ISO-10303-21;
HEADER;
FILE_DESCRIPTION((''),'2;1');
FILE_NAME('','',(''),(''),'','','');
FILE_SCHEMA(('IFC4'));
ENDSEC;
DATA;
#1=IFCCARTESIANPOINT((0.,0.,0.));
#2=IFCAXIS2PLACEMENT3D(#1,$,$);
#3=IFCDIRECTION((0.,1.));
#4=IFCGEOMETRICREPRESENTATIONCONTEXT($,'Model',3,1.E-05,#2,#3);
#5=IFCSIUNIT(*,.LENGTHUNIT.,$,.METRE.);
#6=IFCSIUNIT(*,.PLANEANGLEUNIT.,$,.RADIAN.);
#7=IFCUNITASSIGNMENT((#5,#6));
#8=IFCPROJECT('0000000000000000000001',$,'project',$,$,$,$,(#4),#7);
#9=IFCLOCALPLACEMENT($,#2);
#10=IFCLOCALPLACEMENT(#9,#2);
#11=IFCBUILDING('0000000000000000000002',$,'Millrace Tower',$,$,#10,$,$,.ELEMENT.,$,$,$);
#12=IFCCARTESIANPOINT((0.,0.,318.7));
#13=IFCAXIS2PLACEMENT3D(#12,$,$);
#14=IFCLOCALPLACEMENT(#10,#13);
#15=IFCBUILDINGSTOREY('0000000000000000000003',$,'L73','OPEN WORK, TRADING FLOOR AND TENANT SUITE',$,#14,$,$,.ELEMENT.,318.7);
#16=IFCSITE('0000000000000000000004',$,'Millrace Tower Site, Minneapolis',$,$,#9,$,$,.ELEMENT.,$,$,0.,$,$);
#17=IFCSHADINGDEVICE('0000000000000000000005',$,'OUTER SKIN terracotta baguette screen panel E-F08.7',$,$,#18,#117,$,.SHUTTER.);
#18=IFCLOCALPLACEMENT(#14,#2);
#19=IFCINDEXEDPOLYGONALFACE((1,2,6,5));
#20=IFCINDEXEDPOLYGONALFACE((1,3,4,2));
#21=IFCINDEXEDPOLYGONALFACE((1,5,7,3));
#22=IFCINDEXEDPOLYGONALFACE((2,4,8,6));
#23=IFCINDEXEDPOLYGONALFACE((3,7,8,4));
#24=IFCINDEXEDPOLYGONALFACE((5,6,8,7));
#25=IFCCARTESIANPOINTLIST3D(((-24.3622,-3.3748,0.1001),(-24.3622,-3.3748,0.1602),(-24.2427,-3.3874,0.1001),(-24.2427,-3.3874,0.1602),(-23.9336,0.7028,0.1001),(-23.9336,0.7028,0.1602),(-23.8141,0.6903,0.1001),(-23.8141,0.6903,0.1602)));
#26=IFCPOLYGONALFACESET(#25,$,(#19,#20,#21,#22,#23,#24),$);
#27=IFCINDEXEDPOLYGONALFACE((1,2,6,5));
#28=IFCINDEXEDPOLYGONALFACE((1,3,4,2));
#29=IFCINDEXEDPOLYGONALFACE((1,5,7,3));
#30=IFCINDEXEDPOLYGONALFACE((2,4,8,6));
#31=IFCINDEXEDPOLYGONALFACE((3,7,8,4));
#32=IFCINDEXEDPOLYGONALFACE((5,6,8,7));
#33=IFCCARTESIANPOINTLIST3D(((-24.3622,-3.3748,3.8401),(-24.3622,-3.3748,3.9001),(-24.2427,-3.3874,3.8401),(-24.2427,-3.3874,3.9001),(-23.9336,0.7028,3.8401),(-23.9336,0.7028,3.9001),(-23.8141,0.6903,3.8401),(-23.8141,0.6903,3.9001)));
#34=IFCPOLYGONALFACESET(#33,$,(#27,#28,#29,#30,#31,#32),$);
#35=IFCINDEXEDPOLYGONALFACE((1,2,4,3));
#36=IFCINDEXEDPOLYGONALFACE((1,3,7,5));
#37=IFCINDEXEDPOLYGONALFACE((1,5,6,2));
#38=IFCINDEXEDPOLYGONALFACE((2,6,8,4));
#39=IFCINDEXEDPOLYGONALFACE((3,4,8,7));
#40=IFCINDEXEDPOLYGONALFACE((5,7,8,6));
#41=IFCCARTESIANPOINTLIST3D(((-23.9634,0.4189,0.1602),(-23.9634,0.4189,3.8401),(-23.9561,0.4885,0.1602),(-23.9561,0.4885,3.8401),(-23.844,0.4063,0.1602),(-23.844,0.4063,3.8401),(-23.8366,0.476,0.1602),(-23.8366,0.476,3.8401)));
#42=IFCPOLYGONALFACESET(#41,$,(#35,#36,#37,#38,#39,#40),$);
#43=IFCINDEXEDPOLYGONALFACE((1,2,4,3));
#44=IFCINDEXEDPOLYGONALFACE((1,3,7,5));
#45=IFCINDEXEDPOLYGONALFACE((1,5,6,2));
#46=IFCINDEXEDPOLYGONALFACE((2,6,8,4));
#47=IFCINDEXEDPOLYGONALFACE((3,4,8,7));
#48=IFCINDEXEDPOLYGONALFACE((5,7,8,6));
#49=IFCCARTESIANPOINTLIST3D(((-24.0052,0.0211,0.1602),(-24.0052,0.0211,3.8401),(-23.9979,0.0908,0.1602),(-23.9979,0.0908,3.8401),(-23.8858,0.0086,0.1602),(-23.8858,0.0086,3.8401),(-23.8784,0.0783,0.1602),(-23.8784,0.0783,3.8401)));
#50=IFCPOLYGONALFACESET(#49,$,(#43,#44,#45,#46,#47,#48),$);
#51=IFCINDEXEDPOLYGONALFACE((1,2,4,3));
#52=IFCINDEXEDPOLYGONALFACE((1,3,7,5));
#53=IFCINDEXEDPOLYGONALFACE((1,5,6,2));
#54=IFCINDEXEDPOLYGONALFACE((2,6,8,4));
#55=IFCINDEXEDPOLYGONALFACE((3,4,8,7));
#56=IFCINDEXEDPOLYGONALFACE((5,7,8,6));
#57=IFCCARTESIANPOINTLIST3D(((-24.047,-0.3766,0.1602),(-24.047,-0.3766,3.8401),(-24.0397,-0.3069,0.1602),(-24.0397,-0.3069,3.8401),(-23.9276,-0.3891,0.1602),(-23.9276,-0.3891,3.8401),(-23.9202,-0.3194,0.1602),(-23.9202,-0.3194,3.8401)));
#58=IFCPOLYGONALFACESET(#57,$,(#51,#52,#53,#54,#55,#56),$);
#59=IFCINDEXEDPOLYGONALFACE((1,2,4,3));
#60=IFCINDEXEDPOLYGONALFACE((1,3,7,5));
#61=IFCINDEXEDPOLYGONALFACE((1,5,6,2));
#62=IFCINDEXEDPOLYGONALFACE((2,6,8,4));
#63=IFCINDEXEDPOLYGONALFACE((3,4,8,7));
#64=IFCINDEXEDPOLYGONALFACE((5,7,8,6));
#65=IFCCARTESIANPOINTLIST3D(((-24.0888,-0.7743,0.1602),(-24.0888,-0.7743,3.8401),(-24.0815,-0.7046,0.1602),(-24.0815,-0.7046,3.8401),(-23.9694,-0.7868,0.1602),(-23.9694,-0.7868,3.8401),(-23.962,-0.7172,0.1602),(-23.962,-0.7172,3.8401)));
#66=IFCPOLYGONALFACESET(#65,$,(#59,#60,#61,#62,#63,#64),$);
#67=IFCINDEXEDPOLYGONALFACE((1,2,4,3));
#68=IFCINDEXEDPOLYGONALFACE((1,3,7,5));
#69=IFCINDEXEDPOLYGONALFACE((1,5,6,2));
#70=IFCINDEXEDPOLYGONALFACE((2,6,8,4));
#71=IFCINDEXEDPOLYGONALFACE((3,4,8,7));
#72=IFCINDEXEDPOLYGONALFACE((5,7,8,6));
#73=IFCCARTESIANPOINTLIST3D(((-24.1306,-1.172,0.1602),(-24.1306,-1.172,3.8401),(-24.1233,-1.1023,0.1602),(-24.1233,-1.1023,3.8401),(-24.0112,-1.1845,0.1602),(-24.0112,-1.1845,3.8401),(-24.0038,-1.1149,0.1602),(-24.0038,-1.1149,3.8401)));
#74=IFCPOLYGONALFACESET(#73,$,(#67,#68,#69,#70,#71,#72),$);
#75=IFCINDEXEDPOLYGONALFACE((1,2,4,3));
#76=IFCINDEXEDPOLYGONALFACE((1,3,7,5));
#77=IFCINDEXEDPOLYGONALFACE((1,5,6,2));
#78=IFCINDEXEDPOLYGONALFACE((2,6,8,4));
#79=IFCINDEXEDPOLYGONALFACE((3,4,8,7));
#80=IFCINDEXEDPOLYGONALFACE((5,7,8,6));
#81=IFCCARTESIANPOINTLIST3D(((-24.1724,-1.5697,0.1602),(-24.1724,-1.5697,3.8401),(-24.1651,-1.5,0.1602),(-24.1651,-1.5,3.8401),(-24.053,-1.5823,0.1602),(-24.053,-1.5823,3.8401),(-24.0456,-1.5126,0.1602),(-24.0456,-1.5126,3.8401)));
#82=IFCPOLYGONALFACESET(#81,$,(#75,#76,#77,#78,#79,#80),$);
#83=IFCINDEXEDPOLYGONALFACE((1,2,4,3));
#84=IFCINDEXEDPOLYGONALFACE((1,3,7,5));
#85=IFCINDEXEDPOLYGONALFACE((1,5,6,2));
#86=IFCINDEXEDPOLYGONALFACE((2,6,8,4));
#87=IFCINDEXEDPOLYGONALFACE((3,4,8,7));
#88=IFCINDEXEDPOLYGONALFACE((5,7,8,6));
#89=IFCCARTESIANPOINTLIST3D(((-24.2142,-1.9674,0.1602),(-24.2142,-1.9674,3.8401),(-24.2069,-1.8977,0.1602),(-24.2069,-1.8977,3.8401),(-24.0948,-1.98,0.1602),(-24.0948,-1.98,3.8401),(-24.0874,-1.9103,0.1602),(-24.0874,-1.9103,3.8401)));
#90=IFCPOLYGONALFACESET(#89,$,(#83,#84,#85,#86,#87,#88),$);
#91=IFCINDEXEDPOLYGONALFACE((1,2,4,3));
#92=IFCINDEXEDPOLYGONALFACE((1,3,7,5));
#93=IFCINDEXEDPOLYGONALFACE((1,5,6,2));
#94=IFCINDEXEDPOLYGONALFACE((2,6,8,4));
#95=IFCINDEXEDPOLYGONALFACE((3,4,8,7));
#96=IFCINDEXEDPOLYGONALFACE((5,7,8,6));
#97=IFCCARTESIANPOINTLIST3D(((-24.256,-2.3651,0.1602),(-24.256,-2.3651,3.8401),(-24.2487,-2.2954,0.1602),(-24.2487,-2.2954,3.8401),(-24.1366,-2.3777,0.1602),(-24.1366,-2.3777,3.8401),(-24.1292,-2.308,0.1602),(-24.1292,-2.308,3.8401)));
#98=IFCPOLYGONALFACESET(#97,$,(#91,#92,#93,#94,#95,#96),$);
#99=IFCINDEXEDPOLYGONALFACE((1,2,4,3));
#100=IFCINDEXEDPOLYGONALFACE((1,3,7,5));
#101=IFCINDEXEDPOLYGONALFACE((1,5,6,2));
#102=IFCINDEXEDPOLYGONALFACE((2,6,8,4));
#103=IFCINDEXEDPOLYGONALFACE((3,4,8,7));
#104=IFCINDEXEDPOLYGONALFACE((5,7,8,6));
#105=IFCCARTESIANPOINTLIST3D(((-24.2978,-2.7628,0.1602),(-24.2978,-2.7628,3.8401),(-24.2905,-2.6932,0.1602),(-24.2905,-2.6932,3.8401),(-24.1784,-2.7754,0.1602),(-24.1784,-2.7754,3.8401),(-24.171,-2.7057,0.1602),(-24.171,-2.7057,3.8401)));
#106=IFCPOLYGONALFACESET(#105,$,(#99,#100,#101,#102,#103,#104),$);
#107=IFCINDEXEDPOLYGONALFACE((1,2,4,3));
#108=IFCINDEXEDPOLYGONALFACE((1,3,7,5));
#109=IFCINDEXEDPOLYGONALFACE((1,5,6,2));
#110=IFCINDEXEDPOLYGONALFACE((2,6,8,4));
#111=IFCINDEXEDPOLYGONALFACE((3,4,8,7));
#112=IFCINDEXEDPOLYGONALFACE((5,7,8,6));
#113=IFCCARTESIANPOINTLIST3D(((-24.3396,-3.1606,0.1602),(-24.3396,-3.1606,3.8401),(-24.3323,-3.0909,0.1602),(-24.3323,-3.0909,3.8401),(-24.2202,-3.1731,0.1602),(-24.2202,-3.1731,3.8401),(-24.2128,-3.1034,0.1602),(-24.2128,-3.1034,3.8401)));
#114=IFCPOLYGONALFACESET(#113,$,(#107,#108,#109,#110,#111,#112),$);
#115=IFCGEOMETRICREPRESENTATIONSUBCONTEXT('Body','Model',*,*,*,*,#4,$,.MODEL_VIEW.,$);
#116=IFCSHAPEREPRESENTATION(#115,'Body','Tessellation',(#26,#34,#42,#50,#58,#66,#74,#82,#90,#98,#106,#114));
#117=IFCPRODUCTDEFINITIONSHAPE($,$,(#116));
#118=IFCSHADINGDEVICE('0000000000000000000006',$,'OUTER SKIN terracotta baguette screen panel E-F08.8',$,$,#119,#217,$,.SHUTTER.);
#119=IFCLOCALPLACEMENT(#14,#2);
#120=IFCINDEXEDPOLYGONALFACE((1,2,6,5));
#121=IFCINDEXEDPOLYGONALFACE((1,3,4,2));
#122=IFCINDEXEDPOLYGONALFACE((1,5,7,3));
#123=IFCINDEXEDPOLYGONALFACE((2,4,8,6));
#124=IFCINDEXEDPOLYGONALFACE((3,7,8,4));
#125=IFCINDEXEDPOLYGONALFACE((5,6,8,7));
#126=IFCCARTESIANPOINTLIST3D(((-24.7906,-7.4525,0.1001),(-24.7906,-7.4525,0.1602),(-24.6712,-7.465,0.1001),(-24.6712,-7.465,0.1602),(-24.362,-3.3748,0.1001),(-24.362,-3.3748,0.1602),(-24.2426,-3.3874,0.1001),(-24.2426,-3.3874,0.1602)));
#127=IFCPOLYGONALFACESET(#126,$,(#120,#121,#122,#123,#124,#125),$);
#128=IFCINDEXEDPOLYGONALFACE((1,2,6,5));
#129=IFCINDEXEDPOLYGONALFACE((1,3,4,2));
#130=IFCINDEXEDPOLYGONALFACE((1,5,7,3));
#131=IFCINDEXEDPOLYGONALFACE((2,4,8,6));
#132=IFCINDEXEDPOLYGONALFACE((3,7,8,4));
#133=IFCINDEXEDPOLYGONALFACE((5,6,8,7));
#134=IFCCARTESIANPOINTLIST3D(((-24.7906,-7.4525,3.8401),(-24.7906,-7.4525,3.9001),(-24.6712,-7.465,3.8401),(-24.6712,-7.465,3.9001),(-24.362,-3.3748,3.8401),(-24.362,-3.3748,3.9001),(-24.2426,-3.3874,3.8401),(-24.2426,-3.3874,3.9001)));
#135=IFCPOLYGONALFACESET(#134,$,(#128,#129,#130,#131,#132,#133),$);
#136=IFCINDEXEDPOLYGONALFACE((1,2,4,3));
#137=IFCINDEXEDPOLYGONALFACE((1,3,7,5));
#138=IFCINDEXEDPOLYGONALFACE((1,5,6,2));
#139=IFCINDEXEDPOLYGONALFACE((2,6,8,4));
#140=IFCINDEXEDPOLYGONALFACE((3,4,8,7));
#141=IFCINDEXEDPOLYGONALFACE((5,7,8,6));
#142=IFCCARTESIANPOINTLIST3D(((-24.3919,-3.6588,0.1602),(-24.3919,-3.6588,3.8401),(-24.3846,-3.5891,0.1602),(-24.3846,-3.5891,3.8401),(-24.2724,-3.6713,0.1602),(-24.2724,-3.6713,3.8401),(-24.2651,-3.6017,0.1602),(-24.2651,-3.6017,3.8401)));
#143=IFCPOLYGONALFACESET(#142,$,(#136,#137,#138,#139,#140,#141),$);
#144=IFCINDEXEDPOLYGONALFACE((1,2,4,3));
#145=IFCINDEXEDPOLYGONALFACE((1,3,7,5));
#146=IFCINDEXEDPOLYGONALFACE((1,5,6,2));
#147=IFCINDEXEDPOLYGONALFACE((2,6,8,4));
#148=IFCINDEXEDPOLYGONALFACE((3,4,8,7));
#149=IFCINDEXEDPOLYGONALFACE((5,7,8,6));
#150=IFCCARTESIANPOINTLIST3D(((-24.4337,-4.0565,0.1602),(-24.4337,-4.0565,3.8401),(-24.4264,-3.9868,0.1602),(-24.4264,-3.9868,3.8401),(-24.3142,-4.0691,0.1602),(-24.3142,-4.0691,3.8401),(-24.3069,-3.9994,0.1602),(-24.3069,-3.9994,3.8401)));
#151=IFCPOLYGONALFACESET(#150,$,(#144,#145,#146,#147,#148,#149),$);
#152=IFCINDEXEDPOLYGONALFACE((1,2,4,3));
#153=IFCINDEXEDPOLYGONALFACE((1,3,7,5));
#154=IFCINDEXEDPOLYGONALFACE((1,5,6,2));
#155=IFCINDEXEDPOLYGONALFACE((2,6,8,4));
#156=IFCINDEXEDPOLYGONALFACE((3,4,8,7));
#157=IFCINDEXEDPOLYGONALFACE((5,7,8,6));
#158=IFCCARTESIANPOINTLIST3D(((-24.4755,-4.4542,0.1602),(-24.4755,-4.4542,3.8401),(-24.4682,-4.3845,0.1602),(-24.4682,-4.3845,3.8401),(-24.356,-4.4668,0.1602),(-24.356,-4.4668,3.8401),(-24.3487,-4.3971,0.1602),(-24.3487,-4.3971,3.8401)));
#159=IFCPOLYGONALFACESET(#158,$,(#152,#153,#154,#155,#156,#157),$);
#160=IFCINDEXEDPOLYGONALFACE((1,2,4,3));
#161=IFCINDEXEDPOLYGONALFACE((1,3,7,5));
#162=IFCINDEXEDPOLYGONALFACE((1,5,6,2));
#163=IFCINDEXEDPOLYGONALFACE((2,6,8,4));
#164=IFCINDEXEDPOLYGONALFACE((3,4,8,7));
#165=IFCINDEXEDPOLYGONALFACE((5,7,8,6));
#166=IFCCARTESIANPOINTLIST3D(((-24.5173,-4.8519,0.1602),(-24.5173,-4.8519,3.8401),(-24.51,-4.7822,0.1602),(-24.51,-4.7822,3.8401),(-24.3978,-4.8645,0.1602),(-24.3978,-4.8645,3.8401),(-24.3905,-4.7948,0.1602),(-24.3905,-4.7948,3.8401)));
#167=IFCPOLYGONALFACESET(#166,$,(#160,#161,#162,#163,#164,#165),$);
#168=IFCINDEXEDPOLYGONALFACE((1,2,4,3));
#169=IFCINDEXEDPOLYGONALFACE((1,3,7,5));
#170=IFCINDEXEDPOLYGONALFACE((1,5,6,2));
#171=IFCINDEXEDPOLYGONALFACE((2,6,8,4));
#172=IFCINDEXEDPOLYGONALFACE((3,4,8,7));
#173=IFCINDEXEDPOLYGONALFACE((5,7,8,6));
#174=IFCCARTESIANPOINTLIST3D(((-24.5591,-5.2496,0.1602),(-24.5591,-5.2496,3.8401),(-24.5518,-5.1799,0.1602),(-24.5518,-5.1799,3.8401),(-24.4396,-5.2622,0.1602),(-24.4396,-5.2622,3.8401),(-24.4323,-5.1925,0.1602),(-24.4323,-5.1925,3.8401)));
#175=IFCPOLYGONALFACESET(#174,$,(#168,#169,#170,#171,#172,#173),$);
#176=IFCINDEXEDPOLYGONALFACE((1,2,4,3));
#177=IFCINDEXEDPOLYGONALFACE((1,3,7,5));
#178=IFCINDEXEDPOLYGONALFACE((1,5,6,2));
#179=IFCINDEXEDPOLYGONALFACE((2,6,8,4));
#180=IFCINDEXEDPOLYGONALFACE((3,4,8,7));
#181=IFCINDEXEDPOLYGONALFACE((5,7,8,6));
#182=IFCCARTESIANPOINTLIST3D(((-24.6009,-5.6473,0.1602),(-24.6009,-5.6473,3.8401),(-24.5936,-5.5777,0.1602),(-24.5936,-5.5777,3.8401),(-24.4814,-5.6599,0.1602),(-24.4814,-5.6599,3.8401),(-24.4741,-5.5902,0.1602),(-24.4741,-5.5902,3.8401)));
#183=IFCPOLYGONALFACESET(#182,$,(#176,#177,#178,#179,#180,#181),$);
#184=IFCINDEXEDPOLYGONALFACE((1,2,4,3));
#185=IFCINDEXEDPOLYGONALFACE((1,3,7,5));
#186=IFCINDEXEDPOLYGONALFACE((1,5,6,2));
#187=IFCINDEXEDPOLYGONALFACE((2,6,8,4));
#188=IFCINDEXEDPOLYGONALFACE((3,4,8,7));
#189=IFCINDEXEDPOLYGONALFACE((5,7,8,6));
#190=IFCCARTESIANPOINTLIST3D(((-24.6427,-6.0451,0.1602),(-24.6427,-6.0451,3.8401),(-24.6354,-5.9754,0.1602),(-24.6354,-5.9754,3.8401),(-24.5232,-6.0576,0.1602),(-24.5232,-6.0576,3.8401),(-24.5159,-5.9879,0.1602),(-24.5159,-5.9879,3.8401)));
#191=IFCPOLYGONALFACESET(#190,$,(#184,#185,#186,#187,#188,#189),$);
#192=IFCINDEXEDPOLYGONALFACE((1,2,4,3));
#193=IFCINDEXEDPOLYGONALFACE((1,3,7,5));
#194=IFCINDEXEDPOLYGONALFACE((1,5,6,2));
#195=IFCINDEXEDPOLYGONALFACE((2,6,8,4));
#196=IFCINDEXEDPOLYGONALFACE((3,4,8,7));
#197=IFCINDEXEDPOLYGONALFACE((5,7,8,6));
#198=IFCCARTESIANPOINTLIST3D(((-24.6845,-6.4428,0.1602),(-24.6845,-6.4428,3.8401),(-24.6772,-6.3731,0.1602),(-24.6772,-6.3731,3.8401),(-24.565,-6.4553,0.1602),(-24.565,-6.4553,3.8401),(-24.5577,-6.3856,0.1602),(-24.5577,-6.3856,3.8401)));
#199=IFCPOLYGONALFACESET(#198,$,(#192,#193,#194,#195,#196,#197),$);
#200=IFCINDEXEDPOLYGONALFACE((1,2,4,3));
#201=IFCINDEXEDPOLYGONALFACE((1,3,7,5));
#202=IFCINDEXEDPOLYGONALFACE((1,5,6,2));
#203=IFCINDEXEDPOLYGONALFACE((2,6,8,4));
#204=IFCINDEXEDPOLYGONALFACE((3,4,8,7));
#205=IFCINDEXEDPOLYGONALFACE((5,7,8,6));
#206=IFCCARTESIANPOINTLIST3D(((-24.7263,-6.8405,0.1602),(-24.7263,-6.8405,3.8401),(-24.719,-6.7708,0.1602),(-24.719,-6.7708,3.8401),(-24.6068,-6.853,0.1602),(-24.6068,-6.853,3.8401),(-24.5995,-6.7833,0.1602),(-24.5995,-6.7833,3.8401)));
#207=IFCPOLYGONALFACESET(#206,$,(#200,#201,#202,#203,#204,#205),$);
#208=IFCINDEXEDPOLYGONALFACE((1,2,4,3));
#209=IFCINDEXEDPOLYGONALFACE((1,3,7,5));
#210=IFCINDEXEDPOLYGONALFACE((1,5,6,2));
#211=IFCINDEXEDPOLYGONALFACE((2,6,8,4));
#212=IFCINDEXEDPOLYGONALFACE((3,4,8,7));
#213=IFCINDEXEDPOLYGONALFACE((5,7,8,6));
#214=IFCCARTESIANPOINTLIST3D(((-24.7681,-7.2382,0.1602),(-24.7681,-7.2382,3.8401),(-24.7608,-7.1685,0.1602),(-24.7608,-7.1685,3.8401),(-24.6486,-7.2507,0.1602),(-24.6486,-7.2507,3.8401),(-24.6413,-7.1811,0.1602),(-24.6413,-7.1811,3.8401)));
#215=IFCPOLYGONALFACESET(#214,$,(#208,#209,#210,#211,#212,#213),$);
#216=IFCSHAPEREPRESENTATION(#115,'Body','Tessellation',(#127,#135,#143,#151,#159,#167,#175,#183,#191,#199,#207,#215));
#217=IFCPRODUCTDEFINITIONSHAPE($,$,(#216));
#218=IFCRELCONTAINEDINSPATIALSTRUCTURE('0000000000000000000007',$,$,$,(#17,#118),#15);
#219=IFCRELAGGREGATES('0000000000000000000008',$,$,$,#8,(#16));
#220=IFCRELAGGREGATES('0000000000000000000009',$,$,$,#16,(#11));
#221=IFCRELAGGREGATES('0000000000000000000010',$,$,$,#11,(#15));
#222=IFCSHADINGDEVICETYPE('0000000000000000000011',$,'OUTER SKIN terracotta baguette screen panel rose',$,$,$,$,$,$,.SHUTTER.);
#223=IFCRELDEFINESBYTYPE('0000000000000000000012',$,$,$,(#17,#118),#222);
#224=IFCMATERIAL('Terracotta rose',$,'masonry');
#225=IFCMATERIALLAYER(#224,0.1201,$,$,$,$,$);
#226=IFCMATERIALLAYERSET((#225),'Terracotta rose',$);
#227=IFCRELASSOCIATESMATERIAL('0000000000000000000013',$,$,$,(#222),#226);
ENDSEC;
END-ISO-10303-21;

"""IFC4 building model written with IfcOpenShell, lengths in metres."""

from ifc_helpers import new_model, entity, si_unit, direction, frame, frame_2d, origin, place, context, subcontext, project, spatial, rectangle, extrude, source, transform, mapped, material, layer, layer_set, type_object, element, save


model = new_model("IFC4")

# Units and contexts
model_context = context("Model", 3, precision=1e-05, world=origin(), true_north=direction((0.0, 1.0)))
body_context = subcontext(model_context, "Body", "Model", "MODEL_VIEW")
ifc_project = project(units=[si_unit("LENGTHUNIT", "METRE"), si_unit("PLANEANGLEUNIT", "RADIAN")], contexts=[model_context])

# Site, building, storey
site_placement = place(None, origin())
site = spatial("IfcSite", under=ifc_project, at=site_placement, Name="Millrace Tower Site, Minneapolis", CompositionType="ELEMENT", RefElevation=0.0)
building_placement = place(site_placement, origin())
building = spatial("IfcBuilding", under=site, at=building_placement, Name="Millrace Tower", CompositionType="ELEMENT")
storey_placement = place(building_placement, frame((0.0, 0.0, 318.7)))
storey = spatial("IfcBuildingStorey", under=building, at=storey_placement, Name="L73", Description="OPEN WORK, TRADING FLOOR AND TENANT SUITE", CompositionType="ELEMENT", Elevation=318.7)

# Shading devices
ifc_material_1 = material(Name="Terracotta rose", Category="masonry")
ifc_layer_1 = layer(ifc_material_1, 0.1201)
ifc_layer_set_1 = layer_set([ifc_layer_1], Name="Terracotta rose")
shading_device_type = type_object("IfcShadingDeviceType", Name="OUTER SKIN terracotta baguette screen panel rose", PredefinedType="SHUTTER", material=ifc_layer_set_1)
cartesian_point_1 = entity("IfcCartesianPoint", [-2.05, 0.0601])
shared_polyline_1 = entity("IfcPolyline", [cartesian_point_1, entity("IfcCartesianPoint", [2.05, 0.0601]), entity("IfcCartesianPoint", [2.05, -0.0601]), entity("IfcCartesianPoint", [-2.05, -0.0601]), cartesian_point_1])
shared_shape_1 = source(origin(), body_context, "Body", "SweptSolid", [
    entity("IfcExtrudedAreaSolid", entity("IfcArbitraryClosedProfileDef", "AREA", None, shared_polyline_1), entity("IfcAxis2Placement3D", entity("IfcCartesianPoint", [0.0, 0.0, 0.0])), entity("IfcDirection", [0.0, 0.0, 1.0]), 0.0601),
    entity("IfcExtrudedAreaSolid", entity("IfcArbitraryClosedProfileDef", "AREA", None, shared_polyline_1), entity("IfcAxis2Placement3D", entity("IfcCartesianPoint", [0.0, 0.0, 3.74])), entity("IfcDirection", [0.0, 0.0, 1.0]), 0.0601),
    extrude(rectangle(XDim=0.0701, YDim=0.1201, at=frame_2d((-1.7996, 0.0))), frame((0.0, 0.0, 0.0601)), (0.0, 0.0, 1.0), 3.6799),
    extrude(rectangle(XDim=0.0701, YDim=0.1201, at=frame_2d((-1.3997, 0.0))), frame((0.0, 0.0, 0.0601)), (0.0, 0.0, 1.0), 3.6799),
    extrude(rectangle(XDim=0.0701, YDim=0.1201, at=frame_2d((-0.9998, 0.0))), frame((0.0, 0.0, 0.0601)), (0.0, 0.0, 1.0), 3.6799),
    extrude(rectangle(XDim=0.0701, YDim=0.1201, at=frame_2d((-0.5999, 0.0))), frame((0.0, 0.0, 0.0601)), (0.0, 0.0, 1.0), 3.6799),
    extrude(rectangle(XDim=0.0701, YDim=0.1201, at=frame_2d((-0.2, 0.0))), frame((0.0, 0.0, 0.0601)), (0.0, 0.0, 1.0), 3.6799),
    extrude(rectangle(XDim=0.0701, YDim=0.1201, at=frame_2d((0.2, 0.0))), frame((0.0, 0.0, 0.0601)), (0.0, 0.0, 1.0), 3.6799),
    extrude(rectangle(XDim=0.0701, YDim=0.1201, at=frame_2d((0.5999, 0.0))), frame((0.0, 0.0, 0.0601)), (0.0, 0.0, 1.0), 3.6799),
    extrude(rectangle(XDim=0.0701, YDim=0.1201, at=frame_2d((0.9998, 0.0))), frame((0.0, 0.0, 0.0601)), (0.0, 0.0, 1.0), 3.6799),
    extrude(rectangle(XDim=0.0701, YDim=0.1201, at=frame_2d((1.3997, 0.0))), frame((0.0, 0.0, 0.0601)), (0.0, 0.0, 1.0), 3.6799),
    extrude(rectangle(XDim=0.0701, YDim=0.1201, at=frame_2d((1.7996, 0.0))), frame((0.0, 0.0, 0.0601)), (0.0, 0.0, 1.0), 3.6799),
])
for number, where, z_axis, x_axis, name in (
    (1, (-24.0881, -1.3423, 0.1001), (0.0, 0.0, 1.0), (-0.104528, -0.994522, 0.0), "OUTER SKIN terracotta baguette screen panel E-F08.7"),
    (2, (-24.5166, -5.4199, 0.1001), (0.0, 0.0, 1.0), (-0.104528, -0.994522, 0.0), "OUTER SKIN terracotta baguette screen panel E-F08.8"),
):
    element("IfcShadingDevice", number, at=place(storey_placement, frame(where, z_axis=z_axis, x_axis=x_axis)), inside=storey, type_object=shading_device_type, Name=name, PredefinedType="SHUTTER", context=body_context, shape_type="MappedRepresentation", body=[
        mapped(shared_shape_1, transform((0.0, 0.0, 0.0), scale=1.0)),
    ])

save(model, "model.ifc")
